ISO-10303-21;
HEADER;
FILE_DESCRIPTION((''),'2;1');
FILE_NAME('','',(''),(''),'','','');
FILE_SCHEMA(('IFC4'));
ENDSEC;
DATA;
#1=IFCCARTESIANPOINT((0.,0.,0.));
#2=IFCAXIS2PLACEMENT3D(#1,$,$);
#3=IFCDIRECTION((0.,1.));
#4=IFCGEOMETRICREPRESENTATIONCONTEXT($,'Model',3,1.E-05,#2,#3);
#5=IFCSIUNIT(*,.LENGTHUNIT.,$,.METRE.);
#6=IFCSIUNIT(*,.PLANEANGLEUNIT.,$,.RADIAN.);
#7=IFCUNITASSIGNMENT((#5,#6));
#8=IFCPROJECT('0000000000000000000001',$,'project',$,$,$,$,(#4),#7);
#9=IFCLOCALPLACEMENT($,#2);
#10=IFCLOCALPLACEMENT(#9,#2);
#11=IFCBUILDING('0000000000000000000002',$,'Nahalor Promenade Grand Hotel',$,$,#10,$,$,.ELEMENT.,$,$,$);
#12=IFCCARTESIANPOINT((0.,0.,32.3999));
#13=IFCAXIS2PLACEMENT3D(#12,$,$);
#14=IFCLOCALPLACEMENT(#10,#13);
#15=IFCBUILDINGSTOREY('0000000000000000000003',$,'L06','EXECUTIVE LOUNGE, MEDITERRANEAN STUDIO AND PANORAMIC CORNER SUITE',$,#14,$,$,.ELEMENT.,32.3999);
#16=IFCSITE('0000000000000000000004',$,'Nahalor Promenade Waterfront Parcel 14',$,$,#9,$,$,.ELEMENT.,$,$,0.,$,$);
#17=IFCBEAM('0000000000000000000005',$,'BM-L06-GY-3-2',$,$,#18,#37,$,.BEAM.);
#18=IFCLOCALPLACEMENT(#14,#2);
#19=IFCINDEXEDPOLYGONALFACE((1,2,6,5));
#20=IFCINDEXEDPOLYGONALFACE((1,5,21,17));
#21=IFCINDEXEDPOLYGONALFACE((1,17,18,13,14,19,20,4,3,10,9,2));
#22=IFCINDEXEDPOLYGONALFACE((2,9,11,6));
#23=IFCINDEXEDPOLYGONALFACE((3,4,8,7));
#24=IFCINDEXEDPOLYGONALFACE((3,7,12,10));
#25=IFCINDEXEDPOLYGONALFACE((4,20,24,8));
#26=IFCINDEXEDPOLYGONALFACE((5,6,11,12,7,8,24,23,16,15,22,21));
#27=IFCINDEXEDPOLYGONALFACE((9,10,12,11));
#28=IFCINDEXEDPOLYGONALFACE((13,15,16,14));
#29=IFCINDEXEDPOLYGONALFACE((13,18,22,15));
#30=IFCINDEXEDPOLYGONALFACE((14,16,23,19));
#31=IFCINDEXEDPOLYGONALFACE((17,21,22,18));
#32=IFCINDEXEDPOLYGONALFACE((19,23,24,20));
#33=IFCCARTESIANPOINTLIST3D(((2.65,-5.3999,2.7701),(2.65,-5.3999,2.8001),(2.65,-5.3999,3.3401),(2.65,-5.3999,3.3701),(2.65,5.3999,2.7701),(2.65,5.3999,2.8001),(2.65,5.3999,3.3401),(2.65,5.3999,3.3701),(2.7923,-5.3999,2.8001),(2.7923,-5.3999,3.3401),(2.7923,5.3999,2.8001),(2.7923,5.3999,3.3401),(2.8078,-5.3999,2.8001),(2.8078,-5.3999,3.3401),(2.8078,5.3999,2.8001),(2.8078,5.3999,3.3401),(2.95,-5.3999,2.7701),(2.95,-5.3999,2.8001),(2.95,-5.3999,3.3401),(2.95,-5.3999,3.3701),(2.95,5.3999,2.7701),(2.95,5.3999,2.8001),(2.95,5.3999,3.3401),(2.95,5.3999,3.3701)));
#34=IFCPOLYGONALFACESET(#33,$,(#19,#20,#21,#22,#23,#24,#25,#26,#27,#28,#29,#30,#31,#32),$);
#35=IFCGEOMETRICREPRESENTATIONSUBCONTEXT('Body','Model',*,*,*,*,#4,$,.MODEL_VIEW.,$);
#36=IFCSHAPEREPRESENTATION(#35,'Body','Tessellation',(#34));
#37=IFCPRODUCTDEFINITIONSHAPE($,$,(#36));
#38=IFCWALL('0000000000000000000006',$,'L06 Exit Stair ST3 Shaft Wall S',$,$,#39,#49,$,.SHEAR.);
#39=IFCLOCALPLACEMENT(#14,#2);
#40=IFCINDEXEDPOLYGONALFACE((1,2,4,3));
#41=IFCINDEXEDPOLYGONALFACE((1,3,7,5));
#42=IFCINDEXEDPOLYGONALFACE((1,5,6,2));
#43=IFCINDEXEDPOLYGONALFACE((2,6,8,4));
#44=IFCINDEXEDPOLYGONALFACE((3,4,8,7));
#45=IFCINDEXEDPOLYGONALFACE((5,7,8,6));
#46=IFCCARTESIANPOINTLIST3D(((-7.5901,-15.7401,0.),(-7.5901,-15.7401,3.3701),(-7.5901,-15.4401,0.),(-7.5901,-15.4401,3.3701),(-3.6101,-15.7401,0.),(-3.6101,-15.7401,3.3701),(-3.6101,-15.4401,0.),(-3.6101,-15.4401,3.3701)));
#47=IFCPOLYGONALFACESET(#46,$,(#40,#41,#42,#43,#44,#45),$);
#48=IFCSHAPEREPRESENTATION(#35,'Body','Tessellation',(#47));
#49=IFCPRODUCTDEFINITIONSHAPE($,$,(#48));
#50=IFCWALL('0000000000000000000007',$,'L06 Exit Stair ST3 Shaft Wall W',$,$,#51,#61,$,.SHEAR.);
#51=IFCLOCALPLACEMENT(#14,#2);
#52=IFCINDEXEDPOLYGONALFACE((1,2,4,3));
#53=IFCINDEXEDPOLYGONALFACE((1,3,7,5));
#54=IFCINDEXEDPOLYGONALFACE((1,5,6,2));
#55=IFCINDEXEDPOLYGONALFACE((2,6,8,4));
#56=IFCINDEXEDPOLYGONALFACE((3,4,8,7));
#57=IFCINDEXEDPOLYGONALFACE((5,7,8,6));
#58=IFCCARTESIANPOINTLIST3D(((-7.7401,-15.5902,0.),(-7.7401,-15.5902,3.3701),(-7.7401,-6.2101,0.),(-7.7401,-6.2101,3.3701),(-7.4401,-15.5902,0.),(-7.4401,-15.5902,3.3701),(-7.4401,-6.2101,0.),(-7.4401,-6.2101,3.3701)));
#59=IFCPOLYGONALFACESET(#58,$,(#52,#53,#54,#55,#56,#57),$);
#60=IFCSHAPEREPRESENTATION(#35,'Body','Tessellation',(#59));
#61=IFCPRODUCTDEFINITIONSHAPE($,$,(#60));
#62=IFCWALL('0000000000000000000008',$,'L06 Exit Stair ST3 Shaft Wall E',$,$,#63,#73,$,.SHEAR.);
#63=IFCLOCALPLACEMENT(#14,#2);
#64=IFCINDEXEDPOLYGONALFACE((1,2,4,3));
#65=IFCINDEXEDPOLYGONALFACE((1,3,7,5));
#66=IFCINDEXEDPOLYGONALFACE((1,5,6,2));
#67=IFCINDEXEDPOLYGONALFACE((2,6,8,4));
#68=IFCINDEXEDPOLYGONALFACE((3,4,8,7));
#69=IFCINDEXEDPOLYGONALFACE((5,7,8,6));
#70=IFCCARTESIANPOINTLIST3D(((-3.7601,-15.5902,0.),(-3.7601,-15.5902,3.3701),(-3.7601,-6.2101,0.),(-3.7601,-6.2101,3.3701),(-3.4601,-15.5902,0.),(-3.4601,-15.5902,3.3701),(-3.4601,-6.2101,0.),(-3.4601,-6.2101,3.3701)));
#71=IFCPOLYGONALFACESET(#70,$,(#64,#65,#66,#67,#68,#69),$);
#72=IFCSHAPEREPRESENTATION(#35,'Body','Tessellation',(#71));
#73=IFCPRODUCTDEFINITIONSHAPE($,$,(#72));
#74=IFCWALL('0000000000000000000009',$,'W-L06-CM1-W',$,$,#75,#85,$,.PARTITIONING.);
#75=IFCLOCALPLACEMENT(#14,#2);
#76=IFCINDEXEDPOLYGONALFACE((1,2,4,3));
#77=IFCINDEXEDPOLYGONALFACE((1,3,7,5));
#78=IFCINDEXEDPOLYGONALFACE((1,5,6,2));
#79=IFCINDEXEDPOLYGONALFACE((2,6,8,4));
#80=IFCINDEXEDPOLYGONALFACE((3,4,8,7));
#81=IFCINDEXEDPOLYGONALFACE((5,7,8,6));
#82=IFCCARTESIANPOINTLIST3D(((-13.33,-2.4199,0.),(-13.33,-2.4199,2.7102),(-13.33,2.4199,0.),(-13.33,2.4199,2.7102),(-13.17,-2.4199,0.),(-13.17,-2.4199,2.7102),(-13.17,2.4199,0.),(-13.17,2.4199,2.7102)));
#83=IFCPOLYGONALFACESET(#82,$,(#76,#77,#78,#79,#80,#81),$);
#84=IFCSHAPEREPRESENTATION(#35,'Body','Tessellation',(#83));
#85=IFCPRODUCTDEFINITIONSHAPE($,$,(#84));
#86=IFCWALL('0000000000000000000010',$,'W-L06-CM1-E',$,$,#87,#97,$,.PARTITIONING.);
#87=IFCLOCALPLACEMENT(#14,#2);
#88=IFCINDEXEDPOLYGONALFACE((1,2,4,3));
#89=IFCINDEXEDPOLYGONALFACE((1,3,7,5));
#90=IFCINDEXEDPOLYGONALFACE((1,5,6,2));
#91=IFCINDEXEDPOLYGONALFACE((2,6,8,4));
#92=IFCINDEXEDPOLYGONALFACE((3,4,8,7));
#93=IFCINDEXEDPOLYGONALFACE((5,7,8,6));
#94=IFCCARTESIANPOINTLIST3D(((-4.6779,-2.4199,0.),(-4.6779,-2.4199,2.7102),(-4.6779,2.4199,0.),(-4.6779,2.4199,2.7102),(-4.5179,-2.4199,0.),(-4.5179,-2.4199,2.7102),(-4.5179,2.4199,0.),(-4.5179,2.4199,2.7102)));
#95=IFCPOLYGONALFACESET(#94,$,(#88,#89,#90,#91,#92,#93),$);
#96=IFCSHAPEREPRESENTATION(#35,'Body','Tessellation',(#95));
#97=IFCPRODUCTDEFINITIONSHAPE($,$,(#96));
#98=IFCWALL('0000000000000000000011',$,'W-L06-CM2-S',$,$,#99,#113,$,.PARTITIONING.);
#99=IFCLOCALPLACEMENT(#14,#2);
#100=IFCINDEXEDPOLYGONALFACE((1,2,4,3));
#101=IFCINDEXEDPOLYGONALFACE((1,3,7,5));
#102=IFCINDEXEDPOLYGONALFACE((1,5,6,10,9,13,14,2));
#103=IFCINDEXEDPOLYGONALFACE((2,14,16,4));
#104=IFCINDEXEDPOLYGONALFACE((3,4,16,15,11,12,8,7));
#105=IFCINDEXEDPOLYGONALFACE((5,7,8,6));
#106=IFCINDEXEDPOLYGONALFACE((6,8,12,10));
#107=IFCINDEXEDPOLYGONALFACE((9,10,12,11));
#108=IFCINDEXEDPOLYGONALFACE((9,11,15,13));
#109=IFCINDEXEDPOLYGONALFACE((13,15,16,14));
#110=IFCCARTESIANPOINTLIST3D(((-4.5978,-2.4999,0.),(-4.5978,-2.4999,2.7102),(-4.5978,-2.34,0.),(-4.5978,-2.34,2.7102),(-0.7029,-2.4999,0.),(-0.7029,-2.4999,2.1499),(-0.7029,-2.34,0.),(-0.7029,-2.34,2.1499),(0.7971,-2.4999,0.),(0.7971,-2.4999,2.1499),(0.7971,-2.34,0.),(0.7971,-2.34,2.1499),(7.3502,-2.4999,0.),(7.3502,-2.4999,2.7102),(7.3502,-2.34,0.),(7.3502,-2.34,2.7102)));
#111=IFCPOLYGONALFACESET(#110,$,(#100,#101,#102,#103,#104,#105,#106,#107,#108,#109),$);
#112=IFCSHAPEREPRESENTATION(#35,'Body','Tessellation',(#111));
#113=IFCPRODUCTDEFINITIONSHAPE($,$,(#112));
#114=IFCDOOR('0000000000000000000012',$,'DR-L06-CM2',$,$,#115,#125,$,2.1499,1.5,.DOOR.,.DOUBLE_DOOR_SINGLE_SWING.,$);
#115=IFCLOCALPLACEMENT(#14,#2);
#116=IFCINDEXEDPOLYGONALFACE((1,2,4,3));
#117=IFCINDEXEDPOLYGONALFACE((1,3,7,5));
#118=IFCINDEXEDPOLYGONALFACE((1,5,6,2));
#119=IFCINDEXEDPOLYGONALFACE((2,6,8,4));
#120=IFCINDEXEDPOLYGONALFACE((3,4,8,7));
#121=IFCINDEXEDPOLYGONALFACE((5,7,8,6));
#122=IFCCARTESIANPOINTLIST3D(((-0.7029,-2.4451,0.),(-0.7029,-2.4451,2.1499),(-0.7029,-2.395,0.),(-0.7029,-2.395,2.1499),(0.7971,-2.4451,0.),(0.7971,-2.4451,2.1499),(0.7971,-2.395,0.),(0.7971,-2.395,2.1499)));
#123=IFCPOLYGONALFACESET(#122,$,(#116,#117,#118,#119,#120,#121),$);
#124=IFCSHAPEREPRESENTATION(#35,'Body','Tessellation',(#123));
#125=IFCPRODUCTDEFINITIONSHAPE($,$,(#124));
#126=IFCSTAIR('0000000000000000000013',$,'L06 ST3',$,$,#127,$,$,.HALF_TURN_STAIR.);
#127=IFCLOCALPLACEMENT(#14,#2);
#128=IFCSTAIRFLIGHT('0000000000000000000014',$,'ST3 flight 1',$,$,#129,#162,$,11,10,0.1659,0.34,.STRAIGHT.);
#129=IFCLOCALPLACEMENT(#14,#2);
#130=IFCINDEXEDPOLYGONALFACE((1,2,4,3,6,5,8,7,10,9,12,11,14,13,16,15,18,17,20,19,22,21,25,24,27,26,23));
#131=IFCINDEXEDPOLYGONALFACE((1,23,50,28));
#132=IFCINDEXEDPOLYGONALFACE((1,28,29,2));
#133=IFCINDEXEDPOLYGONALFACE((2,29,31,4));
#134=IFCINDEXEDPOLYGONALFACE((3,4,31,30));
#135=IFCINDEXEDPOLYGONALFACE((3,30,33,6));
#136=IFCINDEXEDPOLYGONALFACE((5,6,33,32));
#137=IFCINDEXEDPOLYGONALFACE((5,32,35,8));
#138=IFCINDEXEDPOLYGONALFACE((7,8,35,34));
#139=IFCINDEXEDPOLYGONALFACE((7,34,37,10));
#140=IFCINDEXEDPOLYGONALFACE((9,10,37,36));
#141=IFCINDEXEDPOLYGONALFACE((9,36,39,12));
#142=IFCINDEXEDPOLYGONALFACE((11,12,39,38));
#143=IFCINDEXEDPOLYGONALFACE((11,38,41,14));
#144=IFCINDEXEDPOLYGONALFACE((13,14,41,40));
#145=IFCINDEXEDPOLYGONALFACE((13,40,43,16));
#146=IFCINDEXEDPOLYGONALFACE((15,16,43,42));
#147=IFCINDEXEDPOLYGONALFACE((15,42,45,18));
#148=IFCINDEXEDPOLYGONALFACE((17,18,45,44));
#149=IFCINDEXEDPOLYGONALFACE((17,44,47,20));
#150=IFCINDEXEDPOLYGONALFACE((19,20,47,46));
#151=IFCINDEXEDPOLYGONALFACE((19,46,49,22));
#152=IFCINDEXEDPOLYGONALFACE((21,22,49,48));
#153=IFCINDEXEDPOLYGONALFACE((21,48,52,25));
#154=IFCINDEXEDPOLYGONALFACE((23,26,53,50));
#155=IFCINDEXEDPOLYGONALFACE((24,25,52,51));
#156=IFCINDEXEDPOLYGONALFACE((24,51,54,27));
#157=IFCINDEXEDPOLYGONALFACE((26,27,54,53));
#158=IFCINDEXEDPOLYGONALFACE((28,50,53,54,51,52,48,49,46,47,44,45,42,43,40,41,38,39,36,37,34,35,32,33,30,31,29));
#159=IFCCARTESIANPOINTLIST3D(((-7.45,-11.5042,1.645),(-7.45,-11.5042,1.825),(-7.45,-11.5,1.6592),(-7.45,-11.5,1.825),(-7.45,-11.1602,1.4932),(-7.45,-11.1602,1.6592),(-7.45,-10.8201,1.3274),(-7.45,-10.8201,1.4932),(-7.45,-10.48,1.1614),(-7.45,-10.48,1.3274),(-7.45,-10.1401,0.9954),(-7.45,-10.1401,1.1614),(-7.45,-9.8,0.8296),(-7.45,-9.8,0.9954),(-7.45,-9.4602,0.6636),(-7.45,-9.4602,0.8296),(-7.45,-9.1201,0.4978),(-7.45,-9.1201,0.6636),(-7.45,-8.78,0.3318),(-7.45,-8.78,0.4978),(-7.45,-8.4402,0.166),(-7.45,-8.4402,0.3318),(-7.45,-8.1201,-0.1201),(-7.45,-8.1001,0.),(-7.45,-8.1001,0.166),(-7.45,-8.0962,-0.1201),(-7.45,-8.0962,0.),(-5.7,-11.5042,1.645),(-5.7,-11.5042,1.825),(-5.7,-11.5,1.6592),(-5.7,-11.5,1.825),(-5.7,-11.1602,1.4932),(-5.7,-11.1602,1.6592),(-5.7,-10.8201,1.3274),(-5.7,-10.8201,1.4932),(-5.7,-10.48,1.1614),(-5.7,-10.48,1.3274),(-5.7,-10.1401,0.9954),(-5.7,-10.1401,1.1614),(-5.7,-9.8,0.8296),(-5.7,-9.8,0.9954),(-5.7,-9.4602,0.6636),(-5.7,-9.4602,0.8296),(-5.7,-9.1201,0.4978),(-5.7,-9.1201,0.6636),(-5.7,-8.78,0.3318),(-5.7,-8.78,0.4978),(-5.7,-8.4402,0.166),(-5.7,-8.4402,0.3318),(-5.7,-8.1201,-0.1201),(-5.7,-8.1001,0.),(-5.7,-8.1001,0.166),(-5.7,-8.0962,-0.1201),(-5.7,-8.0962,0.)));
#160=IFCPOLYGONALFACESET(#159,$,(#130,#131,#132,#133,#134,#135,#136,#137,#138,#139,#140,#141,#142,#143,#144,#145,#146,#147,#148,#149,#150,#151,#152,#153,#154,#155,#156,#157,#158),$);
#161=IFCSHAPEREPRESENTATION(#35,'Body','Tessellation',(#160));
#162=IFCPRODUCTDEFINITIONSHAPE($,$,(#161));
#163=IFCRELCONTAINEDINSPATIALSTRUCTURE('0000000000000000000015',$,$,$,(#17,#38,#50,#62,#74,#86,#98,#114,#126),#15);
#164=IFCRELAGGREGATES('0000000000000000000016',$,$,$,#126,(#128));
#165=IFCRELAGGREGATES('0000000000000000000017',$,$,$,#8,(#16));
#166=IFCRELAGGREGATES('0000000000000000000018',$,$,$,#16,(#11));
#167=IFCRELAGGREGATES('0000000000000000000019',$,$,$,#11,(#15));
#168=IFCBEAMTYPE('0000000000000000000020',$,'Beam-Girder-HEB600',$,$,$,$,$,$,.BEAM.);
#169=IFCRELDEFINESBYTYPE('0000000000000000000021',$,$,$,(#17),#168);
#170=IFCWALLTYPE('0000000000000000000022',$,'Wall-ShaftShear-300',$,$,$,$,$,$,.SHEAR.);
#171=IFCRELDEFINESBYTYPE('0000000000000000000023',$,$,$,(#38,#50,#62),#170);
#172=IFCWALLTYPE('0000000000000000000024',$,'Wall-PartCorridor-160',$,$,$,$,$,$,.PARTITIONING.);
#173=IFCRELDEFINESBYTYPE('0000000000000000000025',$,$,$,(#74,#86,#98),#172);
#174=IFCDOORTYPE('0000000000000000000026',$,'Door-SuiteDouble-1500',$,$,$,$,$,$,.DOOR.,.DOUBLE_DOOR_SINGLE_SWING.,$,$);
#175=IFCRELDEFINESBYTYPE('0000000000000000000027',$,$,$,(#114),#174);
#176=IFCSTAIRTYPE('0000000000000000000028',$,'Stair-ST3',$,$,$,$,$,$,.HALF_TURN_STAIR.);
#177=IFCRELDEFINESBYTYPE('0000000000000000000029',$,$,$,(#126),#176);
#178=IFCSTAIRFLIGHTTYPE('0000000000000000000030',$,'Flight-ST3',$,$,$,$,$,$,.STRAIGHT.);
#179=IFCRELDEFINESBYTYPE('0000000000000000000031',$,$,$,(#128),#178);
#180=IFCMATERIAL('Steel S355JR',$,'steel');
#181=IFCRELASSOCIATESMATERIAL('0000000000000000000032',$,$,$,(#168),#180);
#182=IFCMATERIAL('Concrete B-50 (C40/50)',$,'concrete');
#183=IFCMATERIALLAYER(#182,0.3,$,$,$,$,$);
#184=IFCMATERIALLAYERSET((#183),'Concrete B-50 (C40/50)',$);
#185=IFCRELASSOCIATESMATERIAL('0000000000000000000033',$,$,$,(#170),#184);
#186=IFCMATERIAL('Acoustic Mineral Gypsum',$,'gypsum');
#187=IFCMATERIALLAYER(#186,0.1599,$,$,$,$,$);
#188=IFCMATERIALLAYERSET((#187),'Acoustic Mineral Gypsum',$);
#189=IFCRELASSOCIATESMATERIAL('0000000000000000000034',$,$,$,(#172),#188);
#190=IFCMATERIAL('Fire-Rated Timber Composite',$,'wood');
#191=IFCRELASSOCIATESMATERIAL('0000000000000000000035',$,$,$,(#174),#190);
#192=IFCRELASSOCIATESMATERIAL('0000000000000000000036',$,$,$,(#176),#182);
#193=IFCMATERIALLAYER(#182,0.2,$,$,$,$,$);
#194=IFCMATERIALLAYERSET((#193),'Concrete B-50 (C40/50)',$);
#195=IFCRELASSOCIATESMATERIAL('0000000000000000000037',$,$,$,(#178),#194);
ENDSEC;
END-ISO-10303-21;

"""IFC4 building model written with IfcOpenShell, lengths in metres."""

from ifc_helpers import new_model, si_unit, direction, frame, frame_2d, origin, origin_2d, place, context, subcontext, project, spatial, polyline, rectangle, i_section, outline, extrude, source, transform, mapped, material, layer, layer_set, material_profile, profile_set, type_object, element, fill, aggregate, save


model = new_model("IFC4")

# Units and contexts
model_context = context("Model", 3, precision=1e-05, world=origin(), true_north=direction((0.0, 1.0)))
body_context = subcontext(model_context, "Body", "Model", "MODEL_VIEW")
ifc_project = project(units=[si_unit("LENGTHUNIT", "METRE"), si_unit("PLANEANGLEUNIT", "RADIAN")], contexts=[model_context])

# Site, building, storey
site_placement = place(None, origin())
site = spatial("IfcSite", under=ifc_project, at=site_placement, Name="Nahalor Promenade Waterfront Parcel 14", CompositionType="ELEMENT", RefElevation=0.0)
building_placement = place(site_placement, origin())
building = spatial("IfcBuilding", under=site, at=building_placement, Name="Nahalor Promenade Grand Hotel", CompositionType="ELEMENT")
storey_placement = place(building_placement, frame((0.0, 0.0, 32.3999)))
storey = spatial("IfcBuildingStorey", under=building, at=storey_placement, Name="L06", Description="EXECUTIVE LOUNGE, MEDITERRANEAN STUDIO AND PANORAMIC CORNER SUITE", CompositionType="ELEMENT", Elevation=32.3999)

# Beam
ifc_material_1 = material(Name="Steel S355JR", Category="steel")
ifc_material_profile_1 = material_profile(ifc_material_1, i_section(OverallWidth=0.3, OverallDepth=0.6, WebThickness=0.0155, FlangeThickness=0.03, at=origin_2d()), Name="HEB 600")
ifc_profile_set_1 = profile_set([ifc_material_profile_1], Name="Steel S355JR")
beam_type = type_object("IfcBeamType", Name="Beam-Girder-HEB600", PredefinedType="BEAM", material=ifc_profile_set_1)
shared_shape_1 = source(origin(), body_context, "Body", "SweptSolid", [
    extrude(i_section(OverallWidth=0.3, OverallDepth=0.6, WebThickness=0.0155, FlangeThickness=0.03, at=origin_2d()), origin(), (0.0, 0.0, 1.0), 10.7998),
])
for number, where, z_axis, x_axis, name in (
    (1, (2.8, -5.3999, 3.0701), (0.0, 1.0, 0.0), (-1.0, 0.0, 0.0), "BM-L06-GY-3-2"),
):
    element("IfcBeam", number, at=place(storey_placement, frame(where, z_axis=z_axis, x_axis=x_axis)), inside=storey, type_object=beam_type, Name=name, PredefinedType="BEAM", context=body_context, shape_type="MappedRepresentation", body=[
        mapped(shared_shape_1, transform((0.0, 0.0, 0.0), scale=1.0)),
    ])

# Wall
ifc_material_2 = material(Name="Concrete B-50 (C40/50)", Category="concrete")
ifc_layer_1 = layer(ifc_material_2, 0.3)
ifc_layer_set_1 = layer_set([ifc_layer_1], Name="Concrete B-50 (C40/50)")
wall_type_1 = type_object("IfcWallType", Name="Wall-ShaftShear-300", PredefinedType="SHEAR", material=ifc_layer_set_1)
shared_shape_2 = source(origin(), body_context, "Body", "SweptSolid", [
    extrude(rectangle(XDim=3.98, YDim=0.3, at=frame_2d((1.99, 0.0))), origin(), (0.0, 0.0, 1.0), 3.3701),
])
wall_1_placement = place(storey_placement, frame((-7.5901, -15.5901, 0.0), z_axis=(0.0, 0.0, 1.0), x_axis=(1.0, 0.0, 0.0)))
element("IfcWall", 2, at=wall_1_placement, inside=storey, type_object=wall_type_1, Name="L06 Exit Stair ST3 Shaft Wall S", PredefinedType="SHEAR", context=body_context, shape_type="MappedRepresentation", body=[
    mapped(shared_shape_2, transform((0.0, 0.0, 0.0), scale=1.0)),
])

# Walls
shared_shape_3 = source(origin(), body_context, "Body", "SweptSolid", [
    extrude(rectangle(XDim=9.3801, YDim=0.3, at=frame_2d((4.6899, 0.0))), origin(), (0.0, 0.0, 1.0), 3.3701),
])
for number, where, z_axis, x_axis, name in (
    (3, (-7.5901, -15.5901, 0.0), (0.0, 0.0, 1.0), (0.0, 1.0, 0.0), "L06 Exit Stair ST3 Shaft Wall W"),
    (4, (-3.6101, -15.5901, 0.0), (0.0, 0.0, 1.0), (0.0, 1.0, 0.0), "L06 Exit Stair ST3 Shaft Wall E"),
):
    element("IfcWall", number, at=place(storey_placement, frame(where, z_axis=z_axis, x_axis=x_axis)), inside=storey, type_object=wall_type_1, Name=name, PredefinedType="SHEAR", context=body_context, shape_type="MappedRepresentation", body=[
        mapped(shared_shape_3, transform((0.0, 0.0, 0.0), scale=1.0)),
    ])

# Shared definitions
ifc_material_3 = material(Name="Acoustic Mineral Gypsum", Category="gypsum")
ifc_layer_2 = layer(ifc_material_3, 0.1599)
ifc_layer_set_2 = layer_set([ifc_layer_2], Name="Acoustic Mineral Gypsum")
wall_type_2 = type_object("IfcWallType", Name="Wall-PartCorridor-160", PredefinedType="PARTITIONING", material=ifc_layer_set_2)
ifc_material_4 = material(Name="Fire-Rated Timber Composite", Category="wood")
door_type_1 = type_object("IfcDoorType", Name="Door-SuiteDouble-1500", OperationType="DOUBLE_DOOR_SINGLE_SWING", PredefinedType="DOOR", material=ifc_material_4)
shared_shape_4 = source(origin(), body_context, "Body", "SweptSolid", [
    extrude(rectangle(XDim=1.5, YDim=2.1499, at=frame_2d((0.75, 1.075))), frame((0.0, 0.0249, 0.0), z_axis=(0.0, -1.0, 0.0), x_axis=(1.0, 0.0, 0.0)), (0.0, 0.0, 1.0), 0.05),
])

# Walls
shared_shape_5 = source(origin(), body_context, "Body", "SweptSolid", [
    extrude(rectangle(XDim=4.8398, YDim=0.1599, at=frame_2d((2.4199, 0.0))), origin(), (0.0, 0.0, 1.0), 2.7102),
])
for number, where, z_axis, x_axis, name in (
    (5, (-13.25, -2.4199, 0.0), (0.0, 0.0, 1.0), (0.0, 1.0, 0.0), "W-L06-CM1-W"),
    (6, (-4.5979, -2.4199, 0.0), (0.0, 0.0, 1.0), (0.0, 1.0, 0.0), "W-L06-CM1-E"),
):
    element("IfcWall", number, at=place(storey_placement, frame(where, z_axis=z_axis, x_axis=x_axis)), inside=storey, type_object=wall_type_2, Name=name, PredefinedType="PARTITIONING", context=body_context, shape_type="MappedRepresentation", body=[
        mapped(shared_shape_5, transform((0.0, 0.0, 0.0), scale=1.0)),
    ])

# Wall, opening, door
shared_shape_6 = source(origin(), body_context, "Body", "SweptSolid", [
    extrude(rectangle(XDim=11.948, YDim=0.1599, at=frame_2d((5.9741, 0.0))), origin(), (0.0, 0.0, 1.0), 2.7102),
])
wall_2_placement = place(storey_placement, frame((-4.5979, -2.4199, 0.0), z_axis=(0.0, 0.0, 1.0), x_axis=(1.0, 0.0, 0.0)))
wall_2 = element("IfcWall", 7, at=wall_2_placement, inside=storey, type_object=wall_type_2, Name="W-L06-CM2-S", PredefinedType="PARTITIONING", context=body_context, shape_type="MappedRepresentation", body=[
    mapped(shared_shape_6, transform((0.0, 0.0, 0.0), scale=1.0)),
])
opening_1_placement = place(wall_2_placement, frame((3.895, 0.0, 0.0)))
opening_1 = element("IfcOpeningElement", 8, at=opening_1_placement, cuts=wall_2, PredefinedType="OPENING", context=body_context, shape_type="SweptSolid", body=[
    extrude(rectangle(XDim=1.5, YDim=2.1499, at=frame_2d((0.75, 1.075))), frame((0.0, 0.0898, 0.0), z_axis=(0.0, -1.0, 0.0), x_axis=(1.0, 0.0, 0.0)), (0.0, 0.0, 1.0), 0.1799),
])
door_1_placement = place(opening_1_placement, origin())
door_1 = element("IfcDoor", 9, at=door_1_placement, inside=storey, type_object=door_type_1, Name="DR-L06-CM2", OperationType="DOUBLE_DOOR_SINGLE_SWING", OverallHeight=2.1499, OverallWidth=1.5, PredefinedType="DOOR", context=body_context, shape_type="MappedRepresentation", body=[
    mapped(shared_shape_4, transform((0.0, 0.0, 0.0), scale=1.0)),
])
fill(opening_1, door_1)

# Stair, stair flight
stair_type = type_object("IfcStairType", Name="Stair-ST3", PredefinedType="HALF_TURN_STAIR", material=ifc_material_2)
stair_placement = place(storey_placement, origin())
stair = element("IfcStair", 10, at=stair_placement, inside=storey, type_object=stair_type, Name="L06 ST3", PredefinedType="HALF_TURN_STAIR")
ifc_layer_3 = layer(ifc_material_2, 0.2)
ifc_layer_set_3 = layer_set([ifc_layer_3], Name="Concrete B-50 (C40/50)")
stair_flight_type = type_object("IfcStairFlightType", Name="Flight-ST3", PredefinedType="STRAIGHT", material=ifc_layer_set_3)
shared_shape_7 = source(origin(), body_context, "Body", "SweptSolid", [
    extrude(outline(polyline([(-0.0039, -0.1201), (-0.0039, 0.0), (0.0, 0.0), (0.0, 0.166), (0.3401, 0.166), (0.3401, 0.3318), (0.6799, 0.3318), (0.6799, 0.4978), (1.02, 0.4978), (1.02, 0.6636), (1.3601, 0.6636), (1.3601, 0.8296), (1.7, 0.8296), (1.7, 0.9954), (2.04, 0.9954), (2.04, 1.1614), (2.3799, 1.1614), (2.3799, 1.3274), (2.72, 1.3274), (2.72, 1.4932), (3.0601, 1.4932), (3.0601, 1.6592), (3.3999, 1.6592), (3.3999, 1.825), (3.4041, 1.825), (3.4041, 1.645), (0.02, -0.1201), (-0.0039, -0.1201)])), frame((0.0, 0.875, 0.0), z_axis=(0.0, -1.0, 0.0), x_axis=(1.0, 0.0, 0.0)), (0.0, 0.0, 1.0), 1.75),
])
stair_flight_1_placement = place(storey_placement, frame((-6.575, -8.1001, 0.0), z_axis=(0.0, 0.0, 1.0), x_axis=(0.0, -1.0, 0.0)))
stair_flight_1 = element("IfcStairFlight", 11, at=stair_flight_1_placement, type_object=stair_flight_type, Name="ST3 flight 1", NumberOfRisers=11, NumberOfTreads=10, PredefinedType="STRAIGHT", RiserHeight=0.1659, TreadLength=0.34, context=body_context, shape_type="MappedRepresentation", body=[
    mapped(shared_shape_7, transform((0.0, 0.0, 0.0), scale=1.0)),
])
aggregate(stair, [stair_flight_1])

save(model, "model.ifc")
